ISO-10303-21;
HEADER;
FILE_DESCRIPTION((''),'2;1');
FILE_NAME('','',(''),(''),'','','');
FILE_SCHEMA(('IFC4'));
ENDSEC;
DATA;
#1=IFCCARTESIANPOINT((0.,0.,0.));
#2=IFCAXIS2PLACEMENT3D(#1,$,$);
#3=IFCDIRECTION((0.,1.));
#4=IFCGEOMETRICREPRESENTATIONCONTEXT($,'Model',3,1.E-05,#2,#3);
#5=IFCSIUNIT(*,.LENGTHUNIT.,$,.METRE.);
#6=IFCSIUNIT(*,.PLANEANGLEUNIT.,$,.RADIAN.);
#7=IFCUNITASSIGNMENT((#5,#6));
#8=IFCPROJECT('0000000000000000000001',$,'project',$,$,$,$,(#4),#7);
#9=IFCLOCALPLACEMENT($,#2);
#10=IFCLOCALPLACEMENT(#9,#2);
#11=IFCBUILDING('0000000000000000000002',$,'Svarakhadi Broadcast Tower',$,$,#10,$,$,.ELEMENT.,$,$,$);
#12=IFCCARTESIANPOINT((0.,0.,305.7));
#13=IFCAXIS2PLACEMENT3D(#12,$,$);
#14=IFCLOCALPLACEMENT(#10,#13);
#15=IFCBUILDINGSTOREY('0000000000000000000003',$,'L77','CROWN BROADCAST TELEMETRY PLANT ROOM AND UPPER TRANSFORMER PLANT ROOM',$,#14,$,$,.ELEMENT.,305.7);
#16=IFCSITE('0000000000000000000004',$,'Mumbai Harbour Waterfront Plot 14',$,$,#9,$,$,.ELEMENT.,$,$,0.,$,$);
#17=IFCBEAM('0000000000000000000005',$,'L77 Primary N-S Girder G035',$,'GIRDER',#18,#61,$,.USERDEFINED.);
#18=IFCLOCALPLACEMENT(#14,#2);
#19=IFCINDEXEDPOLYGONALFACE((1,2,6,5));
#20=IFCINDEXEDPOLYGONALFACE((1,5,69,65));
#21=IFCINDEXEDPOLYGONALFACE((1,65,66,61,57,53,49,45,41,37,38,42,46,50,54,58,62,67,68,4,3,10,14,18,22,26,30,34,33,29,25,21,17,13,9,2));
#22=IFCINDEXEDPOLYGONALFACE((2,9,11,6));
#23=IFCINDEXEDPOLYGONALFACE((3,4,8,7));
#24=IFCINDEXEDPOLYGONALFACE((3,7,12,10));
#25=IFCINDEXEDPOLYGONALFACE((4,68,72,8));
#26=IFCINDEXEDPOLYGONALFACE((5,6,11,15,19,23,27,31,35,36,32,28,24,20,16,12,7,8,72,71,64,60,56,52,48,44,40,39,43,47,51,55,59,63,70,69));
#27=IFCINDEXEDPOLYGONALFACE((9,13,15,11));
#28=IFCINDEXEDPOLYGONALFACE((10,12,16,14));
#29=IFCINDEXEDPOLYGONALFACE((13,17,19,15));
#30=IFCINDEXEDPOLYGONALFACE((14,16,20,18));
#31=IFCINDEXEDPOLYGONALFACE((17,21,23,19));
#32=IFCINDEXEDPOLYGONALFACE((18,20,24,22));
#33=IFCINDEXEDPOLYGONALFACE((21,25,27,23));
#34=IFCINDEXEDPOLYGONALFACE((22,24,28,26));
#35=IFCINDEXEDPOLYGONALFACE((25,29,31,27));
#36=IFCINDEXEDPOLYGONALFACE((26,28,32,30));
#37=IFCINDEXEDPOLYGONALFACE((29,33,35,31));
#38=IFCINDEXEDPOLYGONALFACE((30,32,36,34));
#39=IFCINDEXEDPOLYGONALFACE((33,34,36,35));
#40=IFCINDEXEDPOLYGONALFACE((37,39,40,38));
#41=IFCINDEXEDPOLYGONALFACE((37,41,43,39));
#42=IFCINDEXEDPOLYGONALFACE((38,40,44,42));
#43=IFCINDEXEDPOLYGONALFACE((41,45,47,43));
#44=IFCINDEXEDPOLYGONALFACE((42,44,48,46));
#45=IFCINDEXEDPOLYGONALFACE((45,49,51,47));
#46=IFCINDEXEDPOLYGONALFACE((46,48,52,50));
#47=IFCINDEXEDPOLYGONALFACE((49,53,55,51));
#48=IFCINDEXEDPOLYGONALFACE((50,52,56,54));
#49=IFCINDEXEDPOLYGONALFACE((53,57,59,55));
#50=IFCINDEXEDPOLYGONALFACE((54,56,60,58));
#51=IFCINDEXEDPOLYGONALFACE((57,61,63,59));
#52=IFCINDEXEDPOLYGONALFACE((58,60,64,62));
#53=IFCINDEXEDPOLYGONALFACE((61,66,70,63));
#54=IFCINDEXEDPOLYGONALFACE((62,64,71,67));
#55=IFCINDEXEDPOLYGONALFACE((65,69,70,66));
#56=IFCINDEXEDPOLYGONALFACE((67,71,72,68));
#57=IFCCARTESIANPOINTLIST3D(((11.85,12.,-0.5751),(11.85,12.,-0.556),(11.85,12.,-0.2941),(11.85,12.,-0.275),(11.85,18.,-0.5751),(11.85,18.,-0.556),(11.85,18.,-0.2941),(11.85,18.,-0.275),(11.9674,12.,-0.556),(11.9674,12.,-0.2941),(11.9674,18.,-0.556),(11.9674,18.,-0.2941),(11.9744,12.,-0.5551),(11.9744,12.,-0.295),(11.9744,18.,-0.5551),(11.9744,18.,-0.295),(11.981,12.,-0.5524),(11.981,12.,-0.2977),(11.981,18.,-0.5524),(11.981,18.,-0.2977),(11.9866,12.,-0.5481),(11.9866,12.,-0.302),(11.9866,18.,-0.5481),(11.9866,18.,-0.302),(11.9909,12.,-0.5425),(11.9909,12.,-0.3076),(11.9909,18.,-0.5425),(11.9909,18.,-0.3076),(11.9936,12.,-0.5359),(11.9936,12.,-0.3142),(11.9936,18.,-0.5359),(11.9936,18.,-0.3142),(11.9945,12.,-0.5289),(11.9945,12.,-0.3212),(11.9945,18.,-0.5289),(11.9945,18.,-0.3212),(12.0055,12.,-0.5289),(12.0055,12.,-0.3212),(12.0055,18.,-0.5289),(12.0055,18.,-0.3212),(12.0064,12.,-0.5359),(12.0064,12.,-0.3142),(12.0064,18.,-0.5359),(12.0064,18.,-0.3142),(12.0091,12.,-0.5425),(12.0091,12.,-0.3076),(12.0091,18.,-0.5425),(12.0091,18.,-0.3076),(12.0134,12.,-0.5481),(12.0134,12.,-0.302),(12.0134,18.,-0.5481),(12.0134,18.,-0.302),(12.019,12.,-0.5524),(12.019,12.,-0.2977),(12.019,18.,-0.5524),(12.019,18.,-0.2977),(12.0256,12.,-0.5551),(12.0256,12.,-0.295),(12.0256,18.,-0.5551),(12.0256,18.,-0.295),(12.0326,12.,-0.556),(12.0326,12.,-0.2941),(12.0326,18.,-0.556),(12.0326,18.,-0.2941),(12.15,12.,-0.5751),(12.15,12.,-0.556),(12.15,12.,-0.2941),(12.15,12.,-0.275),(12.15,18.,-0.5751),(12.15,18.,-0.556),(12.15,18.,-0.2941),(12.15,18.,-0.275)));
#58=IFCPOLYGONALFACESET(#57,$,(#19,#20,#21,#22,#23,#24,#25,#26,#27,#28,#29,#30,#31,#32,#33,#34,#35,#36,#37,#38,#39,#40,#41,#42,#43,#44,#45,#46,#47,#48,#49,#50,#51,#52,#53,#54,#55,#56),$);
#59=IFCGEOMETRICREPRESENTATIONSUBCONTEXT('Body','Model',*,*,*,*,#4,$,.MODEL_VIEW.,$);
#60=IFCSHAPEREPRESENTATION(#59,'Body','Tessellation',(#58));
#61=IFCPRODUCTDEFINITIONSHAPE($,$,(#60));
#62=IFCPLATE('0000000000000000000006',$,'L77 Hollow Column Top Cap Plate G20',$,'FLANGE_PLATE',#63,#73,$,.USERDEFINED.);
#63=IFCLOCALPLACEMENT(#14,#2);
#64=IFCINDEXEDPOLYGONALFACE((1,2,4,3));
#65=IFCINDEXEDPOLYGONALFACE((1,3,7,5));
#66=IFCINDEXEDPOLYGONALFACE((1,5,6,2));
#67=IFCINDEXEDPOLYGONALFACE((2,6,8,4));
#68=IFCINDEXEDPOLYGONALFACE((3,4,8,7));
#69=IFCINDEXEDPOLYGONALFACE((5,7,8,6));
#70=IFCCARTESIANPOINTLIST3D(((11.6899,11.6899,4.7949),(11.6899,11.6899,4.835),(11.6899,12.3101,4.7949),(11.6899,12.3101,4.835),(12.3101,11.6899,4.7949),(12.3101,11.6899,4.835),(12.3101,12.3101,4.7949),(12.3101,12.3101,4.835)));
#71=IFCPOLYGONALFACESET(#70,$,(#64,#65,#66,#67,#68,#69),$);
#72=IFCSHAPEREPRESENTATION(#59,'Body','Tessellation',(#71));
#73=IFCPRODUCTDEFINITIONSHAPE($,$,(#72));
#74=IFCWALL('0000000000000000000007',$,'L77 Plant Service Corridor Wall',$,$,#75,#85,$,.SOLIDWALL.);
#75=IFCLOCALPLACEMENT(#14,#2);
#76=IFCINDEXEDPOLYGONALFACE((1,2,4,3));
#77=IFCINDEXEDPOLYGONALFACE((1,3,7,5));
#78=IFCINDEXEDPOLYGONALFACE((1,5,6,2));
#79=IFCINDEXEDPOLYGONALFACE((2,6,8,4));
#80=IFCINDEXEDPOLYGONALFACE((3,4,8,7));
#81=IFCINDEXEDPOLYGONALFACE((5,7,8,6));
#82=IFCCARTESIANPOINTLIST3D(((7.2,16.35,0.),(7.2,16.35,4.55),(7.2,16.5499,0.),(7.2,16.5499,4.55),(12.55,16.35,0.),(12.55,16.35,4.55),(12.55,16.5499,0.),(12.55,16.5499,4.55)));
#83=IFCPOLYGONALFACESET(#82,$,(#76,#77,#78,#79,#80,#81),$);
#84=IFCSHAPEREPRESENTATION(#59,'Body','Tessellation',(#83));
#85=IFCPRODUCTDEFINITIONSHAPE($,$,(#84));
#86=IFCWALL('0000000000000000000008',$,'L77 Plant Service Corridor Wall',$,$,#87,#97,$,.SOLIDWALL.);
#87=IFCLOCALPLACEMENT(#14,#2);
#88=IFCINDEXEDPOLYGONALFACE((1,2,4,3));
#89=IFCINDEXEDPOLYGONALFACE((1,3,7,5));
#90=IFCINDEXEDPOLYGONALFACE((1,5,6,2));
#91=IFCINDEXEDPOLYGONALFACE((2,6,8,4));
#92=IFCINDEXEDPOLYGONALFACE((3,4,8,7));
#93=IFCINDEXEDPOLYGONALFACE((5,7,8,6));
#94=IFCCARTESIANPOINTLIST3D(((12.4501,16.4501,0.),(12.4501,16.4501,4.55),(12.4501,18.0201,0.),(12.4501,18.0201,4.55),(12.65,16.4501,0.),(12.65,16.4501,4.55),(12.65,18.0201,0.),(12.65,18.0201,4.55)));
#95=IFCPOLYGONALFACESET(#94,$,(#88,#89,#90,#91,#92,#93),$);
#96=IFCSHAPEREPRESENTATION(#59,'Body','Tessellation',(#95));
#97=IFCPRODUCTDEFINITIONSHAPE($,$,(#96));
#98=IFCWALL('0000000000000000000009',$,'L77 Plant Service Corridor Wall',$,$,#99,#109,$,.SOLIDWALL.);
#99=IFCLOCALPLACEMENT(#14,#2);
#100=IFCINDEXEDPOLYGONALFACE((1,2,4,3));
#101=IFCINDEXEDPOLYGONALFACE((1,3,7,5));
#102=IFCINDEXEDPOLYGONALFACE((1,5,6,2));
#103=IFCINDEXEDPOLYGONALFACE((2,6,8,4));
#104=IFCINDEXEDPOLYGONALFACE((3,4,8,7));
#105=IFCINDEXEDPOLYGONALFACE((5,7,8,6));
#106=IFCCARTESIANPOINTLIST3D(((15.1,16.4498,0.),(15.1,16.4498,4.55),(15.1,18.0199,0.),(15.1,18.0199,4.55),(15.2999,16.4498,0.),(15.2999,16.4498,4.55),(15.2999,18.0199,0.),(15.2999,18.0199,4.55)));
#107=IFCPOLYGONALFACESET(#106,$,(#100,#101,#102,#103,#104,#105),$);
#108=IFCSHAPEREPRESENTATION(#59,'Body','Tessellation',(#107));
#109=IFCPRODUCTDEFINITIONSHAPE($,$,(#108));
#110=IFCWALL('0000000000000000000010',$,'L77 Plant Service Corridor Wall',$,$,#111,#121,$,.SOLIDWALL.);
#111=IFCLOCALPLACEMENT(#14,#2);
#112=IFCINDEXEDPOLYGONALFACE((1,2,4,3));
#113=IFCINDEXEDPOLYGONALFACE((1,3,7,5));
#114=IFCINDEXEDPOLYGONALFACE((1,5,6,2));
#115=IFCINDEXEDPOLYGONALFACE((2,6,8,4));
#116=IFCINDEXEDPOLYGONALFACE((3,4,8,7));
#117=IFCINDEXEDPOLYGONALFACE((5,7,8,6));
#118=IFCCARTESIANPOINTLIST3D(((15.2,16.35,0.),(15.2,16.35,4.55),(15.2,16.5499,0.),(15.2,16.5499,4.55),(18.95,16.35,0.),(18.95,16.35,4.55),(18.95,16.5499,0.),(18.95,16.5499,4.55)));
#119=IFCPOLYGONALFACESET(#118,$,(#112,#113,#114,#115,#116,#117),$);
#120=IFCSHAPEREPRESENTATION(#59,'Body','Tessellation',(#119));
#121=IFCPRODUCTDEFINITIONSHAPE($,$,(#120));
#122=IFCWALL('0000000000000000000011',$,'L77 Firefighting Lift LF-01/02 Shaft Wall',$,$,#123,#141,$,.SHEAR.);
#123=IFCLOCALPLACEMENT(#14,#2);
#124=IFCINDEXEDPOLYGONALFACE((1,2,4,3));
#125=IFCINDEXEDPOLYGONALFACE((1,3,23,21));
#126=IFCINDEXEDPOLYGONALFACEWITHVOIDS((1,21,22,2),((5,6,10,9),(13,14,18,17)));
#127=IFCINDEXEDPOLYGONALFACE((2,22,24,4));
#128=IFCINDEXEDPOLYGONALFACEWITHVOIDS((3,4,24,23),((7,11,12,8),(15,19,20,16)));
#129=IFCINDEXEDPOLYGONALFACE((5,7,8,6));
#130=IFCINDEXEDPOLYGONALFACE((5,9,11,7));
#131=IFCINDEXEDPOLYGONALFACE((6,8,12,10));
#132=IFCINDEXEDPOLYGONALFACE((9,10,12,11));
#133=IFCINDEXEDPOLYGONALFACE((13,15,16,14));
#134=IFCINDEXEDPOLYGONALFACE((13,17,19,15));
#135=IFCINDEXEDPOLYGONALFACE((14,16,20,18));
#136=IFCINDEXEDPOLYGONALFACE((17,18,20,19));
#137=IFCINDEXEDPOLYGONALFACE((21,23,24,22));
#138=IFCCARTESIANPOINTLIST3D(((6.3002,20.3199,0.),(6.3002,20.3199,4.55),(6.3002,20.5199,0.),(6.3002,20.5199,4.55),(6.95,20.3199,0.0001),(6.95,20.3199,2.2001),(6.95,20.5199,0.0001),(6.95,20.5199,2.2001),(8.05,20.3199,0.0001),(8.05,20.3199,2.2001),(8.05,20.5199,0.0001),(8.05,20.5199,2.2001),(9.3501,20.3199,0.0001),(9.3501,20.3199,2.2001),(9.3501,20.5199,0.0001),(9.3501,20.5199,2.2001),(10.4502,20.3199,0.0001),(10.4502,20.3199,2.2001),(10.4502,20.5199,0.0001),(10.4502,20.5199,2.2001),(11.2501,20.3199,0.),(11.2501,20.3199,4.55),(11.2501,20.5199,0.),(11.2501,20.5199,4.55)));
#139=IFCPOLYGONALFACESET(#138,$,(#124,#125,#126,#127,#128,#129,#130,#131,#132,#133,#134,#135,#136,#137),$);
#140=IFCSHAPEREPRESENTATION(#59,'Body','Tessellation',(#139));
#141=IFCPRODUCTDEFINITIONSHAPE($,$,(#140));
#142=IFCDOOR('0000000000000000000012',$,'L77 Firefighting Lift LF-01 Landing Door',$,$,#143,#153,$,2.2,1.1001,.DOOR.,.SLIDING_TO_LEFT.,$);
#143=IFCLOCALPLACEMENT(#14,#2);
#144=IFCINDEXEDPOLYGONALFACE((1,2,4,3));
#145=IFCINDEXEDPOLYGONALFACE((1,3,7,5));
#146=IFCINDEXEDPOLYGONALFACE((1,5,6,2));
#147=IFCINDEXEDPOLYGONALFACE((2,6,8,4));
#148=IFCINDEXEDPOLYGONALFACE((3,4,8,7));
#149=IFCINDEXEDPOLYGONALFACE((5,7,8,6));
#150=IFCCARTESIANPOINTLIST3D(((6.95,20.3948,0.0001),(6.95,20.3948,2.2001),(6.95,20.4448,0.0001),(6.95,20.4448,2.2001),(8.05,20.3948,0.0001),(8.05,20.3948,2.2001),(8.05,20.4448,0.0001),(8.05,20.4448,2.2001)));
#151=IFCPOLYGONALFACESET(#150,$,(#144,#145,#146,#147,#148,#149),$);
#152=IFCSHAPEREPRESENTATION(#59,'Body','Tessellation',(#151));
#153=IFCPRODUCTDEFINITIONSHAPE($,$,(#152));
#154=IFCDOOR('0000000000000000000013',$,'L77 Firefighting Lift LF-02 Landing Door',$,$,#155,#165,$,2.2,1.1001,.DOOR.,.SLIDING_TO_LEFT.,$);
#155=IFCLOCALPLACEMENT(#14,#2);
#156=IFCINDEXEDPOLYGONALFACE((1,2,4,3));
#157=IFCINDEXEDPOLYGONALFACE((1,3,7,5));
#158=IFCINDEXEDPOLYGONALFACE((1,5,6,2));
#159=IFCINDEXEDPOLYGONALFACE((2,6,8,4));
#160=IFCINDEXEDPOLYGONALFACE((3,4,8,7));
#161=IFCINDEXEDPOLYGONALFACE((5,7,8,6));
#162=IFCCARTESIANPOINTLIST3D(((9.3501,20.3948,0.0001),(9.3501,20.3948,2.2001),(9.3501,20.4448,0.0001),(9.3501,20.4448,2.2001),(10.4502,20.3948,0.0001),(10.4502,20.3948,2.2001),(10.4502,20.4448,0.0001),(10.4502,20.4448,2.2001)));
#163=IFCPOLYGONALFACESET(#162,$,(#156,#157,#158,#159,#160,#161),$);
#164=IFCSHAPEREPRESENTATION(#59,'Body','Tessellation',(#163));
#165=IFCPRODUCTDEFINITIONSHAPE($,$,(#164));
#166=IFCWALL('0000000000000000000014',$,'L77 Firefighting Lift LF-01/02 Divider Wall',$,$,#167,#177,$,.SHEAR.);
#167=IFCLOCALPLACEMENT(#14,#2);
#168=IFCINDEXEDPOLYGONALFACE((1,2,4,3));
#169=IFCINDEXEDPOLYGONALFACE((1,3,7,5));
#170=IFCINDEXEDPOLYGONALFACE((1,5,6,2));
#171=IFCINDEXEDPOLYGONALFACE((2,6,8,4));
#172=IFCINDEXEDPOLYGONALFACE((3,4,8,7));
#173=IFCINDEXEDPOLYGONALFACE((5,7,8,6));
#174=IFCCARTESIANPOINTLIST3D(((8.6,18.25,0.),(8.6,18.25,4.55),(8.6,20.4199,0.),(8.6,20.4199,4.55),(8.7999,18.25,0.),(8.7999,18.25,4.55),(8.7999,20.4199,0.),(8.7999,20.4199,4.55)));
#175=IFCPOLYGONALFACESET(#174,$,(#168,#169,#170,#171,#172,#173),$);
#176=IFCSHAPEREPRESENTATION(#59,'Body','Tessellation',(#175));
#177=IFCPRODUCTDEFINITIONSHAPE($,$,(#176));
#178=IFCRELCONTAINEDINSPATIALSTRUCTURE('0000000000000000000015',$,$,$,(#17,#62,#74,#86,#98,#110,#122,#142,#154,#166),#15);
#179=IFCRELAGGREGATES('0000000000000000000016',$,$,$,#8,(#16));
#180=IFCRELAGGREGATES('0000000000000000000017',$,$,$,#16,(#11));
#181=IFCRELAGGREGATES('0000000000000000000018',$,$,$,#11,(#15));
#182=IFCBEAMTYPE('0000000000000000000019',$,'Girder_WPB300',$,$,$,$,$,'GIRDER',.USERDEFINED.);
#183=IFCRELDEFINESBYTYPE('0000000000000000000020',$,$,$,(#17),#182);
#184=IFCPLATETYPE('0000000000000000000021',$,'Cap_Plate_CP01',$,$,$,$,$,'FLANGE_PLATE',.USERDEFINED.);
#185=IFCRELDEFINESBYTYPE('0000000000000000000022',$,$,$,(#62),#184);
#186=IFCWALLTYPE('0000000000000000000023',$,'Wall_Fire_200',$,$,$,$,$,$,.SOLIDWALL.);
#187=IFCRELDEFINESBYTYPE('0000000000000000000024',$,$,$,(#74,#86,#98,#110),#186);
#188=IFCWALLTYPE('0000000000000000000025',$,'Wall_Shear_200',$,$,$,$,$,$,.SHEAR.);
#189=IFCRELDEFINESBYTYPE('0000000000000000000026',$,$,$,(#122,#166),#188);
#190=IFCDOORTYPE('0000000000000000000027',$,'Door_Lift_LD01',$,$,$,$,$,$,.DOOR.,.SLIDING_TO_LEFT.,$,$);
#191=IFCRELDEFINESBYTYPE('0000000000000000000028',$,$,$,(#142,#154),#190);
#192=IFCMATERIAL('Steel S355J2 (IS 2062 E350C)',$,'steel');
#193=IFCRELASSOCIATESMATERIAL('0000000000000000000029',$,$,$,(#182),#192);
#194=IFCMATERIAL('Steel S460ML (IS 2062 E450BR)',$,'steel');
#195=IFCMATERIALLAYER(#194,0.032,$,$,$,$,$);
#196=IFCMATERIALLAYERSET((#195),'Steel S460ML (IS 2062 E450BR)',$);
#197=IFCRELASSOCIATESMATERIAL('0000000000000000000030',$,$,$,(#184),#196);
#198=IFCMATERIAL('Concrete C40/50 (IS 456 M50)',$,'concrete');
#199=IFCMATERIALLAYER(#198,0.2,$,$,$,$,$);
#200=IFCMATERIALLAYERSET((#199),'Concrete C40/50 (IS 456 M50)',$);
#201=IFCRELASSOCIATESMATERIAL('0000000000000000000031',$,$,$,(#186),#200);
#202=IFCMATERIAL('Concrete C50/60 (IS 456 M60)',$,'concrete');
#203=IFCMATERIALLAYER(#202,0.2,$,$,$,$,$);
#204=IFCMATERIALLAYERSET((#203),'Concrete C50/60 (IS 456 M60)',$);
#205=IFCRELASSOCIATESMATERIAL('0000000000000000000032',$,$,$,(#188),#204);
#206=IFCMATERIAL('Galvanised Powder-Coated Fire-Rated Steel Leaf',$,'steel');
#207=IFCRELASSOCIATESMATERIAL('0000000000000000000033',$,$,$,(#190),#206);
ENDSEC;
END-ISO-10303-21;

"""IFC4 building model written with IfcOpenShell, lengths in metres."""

from ifc_helpers import new_model, si_unit, direction, frame, frame_2d, origin, origin_2d, place, context, subcontext, project, spatial, rectangle, i_section, extrude, material, layer, layer_set, material_profile, profile_set, type_object, element, fill, save


model = new_model("IFC4")

# Units and contexts
model_context = context("Model", 3, precision=1e-05, world=origin(), true_north=direction((0.0, 1.0)))
body_context = subcontext(model_context, "Body", "Model", "MODEL_VIEW")
ifc_project = project(units=[si_unit("LENGTHUNIT", "METRE"), si_unit("PLANEANGLEUNIT", "RADIAN")], contexts=[model_context])

# Site, building, storey
site_placement = place(None, origin())
site = spatial("IfcSite", under=ifc_project, at=site_placement, Name="Mumbai Harbour Waterfront Plot 14", CompositionType="ELEMENT", RefElevation=0.0)
building_placement = place(site_placement, origin())
building = spatial("IfcBuilding", under=site, at=building_placement, Name="Svarakhadi Broadcast Tower", CompositionType="ELEMENT")
storey_placement = place(building_placement, frame((0.0, 0.0, 305.7)))
storey = spatial("IfcBuildingStorey", under=building, at=storey_placement, Name="L77", Description="CROWN BROADCAST TELEMETRY PLANT ROOM AND UPPER TRANSFORMER PLANT ROOM", CompositionType="ELEMENT", Elevation=305.7)

# Shared definitions
ifc_material_1 = material(Name="Concrete C50/60 (IS 456 M60)", Category="concrete")

# Beam
ifc_material_2 = material(Name="Steel S355J2 (IS 2062 E350C)", Category="steel")
ifc_material_profile_1 = material_profile(ifc_material_2, i_section(OverallWidth=0.3, OverallDepth=0.3, WebThickness=0.011, FlangeThickness=0.019, FilletRadius=0.0271, at=origin_2d()), Name="WPB 300x300x117")
ifc_profile_set_1 = profile_set([ifc_material_profile_1], Name="Steel S355J2 (IS 2062 E350C)")
beam_type_1 = type_object("IfcBeamType", Name="Girder_WPB300", ElementType="GIRDER", PredefinedType="USERDEFINED", material=ifc_profile_set_1)
for number, where, z_axis, x_axis, name in (
    (1, (12.0, 12.0, -0.425), (0.0, 1.0, 0.0), (-1.0, 0.0, 0.0), "L77 Primary N-S Girder G035"),
):
    element("IfcBeam", number, at=place(storey_placement, frame(where, z_axis=z_axis, x_axis=x_axis)), inside=storey, type_object=beam_type_1, Name=name, ObjectType="GIRDER", PredefinedType="USERDEFINED", context=body_context, shape_type="SweptSolid", body=[
        extrude(i_section(OverallWidth=0.3, OverallDepth=0.3, WebThickness=0.011, FlangeThickness=0.019, FilletRadius=0.0271, at=origin_2d()), origin(), (0.0, 0.0, 1.0), 6.0),
    ])

# Plate
ifc_material_3 = material(Name="Steel S460ML (IS 2062 E450BR)", Category="steel")
ifc_layer_1 = layer(ifc_material_3, 0.032)
ifc_layer_set_1 = layer_set([ifc_layer_1], Name="Steel S460ML (IS 2062 E450BR)")
plate_type = type_object("IfcPlateType", Name="Cap_Plate_CP01", ElementType="FLANGE_PLATE", PredefinedType="USERDEFINED", material=ifc_layer_set_1)
plate_placement = place(storey_placement, frame((12.0, 12.0, 4.7949), z_axis=(0.0, 0.0, 1.0), x_axis=(1.0, 0.0, 0.0)))
element("IfcPlate", 2, at=plate_placement, inside=storey, type_object=plate_type, Name="L77 Hollow Column Top Cap Plate G20", ObjectType="FLANGE_PLATE", PredefinedType="USERDEFINED", context=body_context, shape_type="SweptSolid", body=[
    extrude(rectangle(XDim=0.6201, YDim=0.6201, at=origin_2d()), origin(), (0.0, 0.0, 1.0), 0.04),
])

# Shared definitions
ifc_material_4 = material(Name="Concrete C40/50 (IS 456 M50)", Category="concrete")
ifc_layer_2 = layer(ifc_material_4, 0.2)
ifc_layer_set_2 = layer_set([ifc_layer_2], Name="Concrete C40/50 (IS 456 M50)")
wall_type_1 = type_object("IfcWallType", Name="Wall_Fire_200", PredefinedType="SOLIDWALL", material=ifc_layer_set_2)
ifc_material_5 = material(Name="Galvanised Powder-Coated Fire-Rated Steel Leaf", Category="steel")

# Walls
wall_1_placement = place(storey_placement, frame((7.2, 16.45, 0.0), z_axis=(0.0, 0.0, 1.0), x_axis=(1.0, 0.0, 0.0)))
element("IfcWall", 3, at=wall_1_placement, inside=storey, type_object=wall_type_1, Name="L77 Plant Service Corridor Wall", PredefinedType="SOLIDWALL", context=body_context, shape_type="SweptSolid", body=[
    extrude(rectangle(XDim=5.3501, YDim=0.2, at=frame_2d((2.675, 0.0))), origin(), (0.0, 0.0, 1.0), 4.55),
])
for number, where, z_axis, x_axis, name in (
    (4, (12.55, 16.45, 0.0), (0.0, 0.0, 1.0), (0.0, 1.0, 0.0), "L77 Plant Service Corridor Wall"),
    (5, (15.2, 18.02, 0.0), (0.0, 0.0, 1.0), (0.0, -1.0, 0.0), "L77 Plant Service Corridor Wall"),
):
    element("IfcWall", number, at=place(storey_placement, frame(where, z_axis=z_axis, x_axis=x_axis)), inside=storey, type_object=wall_type_1, Name=name, PredefinedType="SOLIDWALL", context=body_context, shape_type="SweptSolid", body=[
        extrude(rectangle(XDim=1.5701, YDim=0.2, at=frame_2d((0.7852, 0.0))), origin(), (0.0, 0.0, 1.0), 4.55),
    ])
wall_2_placement = place(storey_placement, frame((15.2, 16.45, 0.0), z_axis=(0.0, 0.0, 1.0), x_axis=(1.0, 0.0, 0.0)))
element("IfcWall", 6, at=wall_2_placement, inside=storey, type_object=wall_type_1, Name="L77 Plant Service Corridor Wall", PredefinedType="SOLIDWALL", context=body_context, shape_type="SweptSolid", body=[
    extrude(rectangle(XDim=3.75, YDim=0.2, at=frame_2d((1.875, 0.0))), origin(), (0.0, 0.0, 1.0), 4.55),
])

# Wall, openings, doors
ifc_layer_3 = layer(ifc_material_1, 0.2)
ifc_layer_set_3 = layer_set([ifc_layer_3], Name="Concrete C50/60 (IS 456 M60)")
wall_type_2 = type_object("IfcWallType", Name="Wall_Shear_200", PredefinedType="SHEAR", material=ifc_layer_set_3)
wall_3_placement = place(storey_placement, frame((6.3, 20.4199, 0.0), z_axis=(0.0, 0.0, 1.0), x_axis=(1.0, 0.0, 0.0)))
wall_3 = element("IfcWall", 7, at=wall_3_placement, inside=storey, type_object=wall_type_2, Name="L77 Firefighting Lift LF-01/02 Shaft Wall", PredefinedType="SHEAR", context=body_context, shape_type="SweptSolid", body=[
    extrude(rectangle(XDim=4.95, YDim=0.2, at=frame_2d((2.4751, 0.0))), origin(), (0.0, 0.0, 1.0), 4.55),
])
opening_1_placement = place(wall_3_placement, frame((0.6499, 0.0, 0.0)))
opening_1 = element("IfcOpeningElement", 8, at=opening_1_placement, cuts=wall_3, PredefinedType="OPENING", context=body_context, shape_type="SweptSolid", body=[
    extrude(rectangle(XDim=1.1001, YDim=2.2, at=frame_2d((0.55, 1.1001))), frame((0.0, 0.1099, 0.0), z_axis=(0.0, -1.0, 0.0), x_axis=(1.0, 0.0, 0.0)), (0.0, 0.0, 1.0), 0.22),
])
opening_2_placement = place(wall_3_placement, frame((3.05, 0.0, 0.0)))
opening_2 = element("IfcOpeningElement", 9, at=opening_2_placement, cuts=wall_3, PredefinedType="OPENING", context=body_context, shape_type="SweptSolid", body=[
    extrude(rectangle(XDim=1.1001, YDim=2.2, at=frame_2d((0.55, 1.1001))), frame((0.0, 0.1099, 0.0), z_axis=(0.0, -1.0, 0.0), x_axis=(1.0, 0.0, 0.0)), (0.0, 0.0, 1.0), 0.22),
])
door_type_1 = type_object("IfcDoorType", Name="Door_Lift_LD01", OperationType="SLIDING_TO_LEFT", PredefinedType="DOOR", material=ifc_material_5)
door_1_placement = place(opening_1_placement, origin())
door_1 = element("IfcDoor", 10, at=door_1_placement, inside=storey, type_object=door_type_1, Name="L77 Firefighting Lift LF-01 Landing Door", OperationType="SLIDING_TO_LEFT", OverallHeight=2.2, OverallWidth=1.1001, PredefinedType="DOOR", context=body_context, shape_type="SweptSolid", body=[
    extrude(rectangle(XDim=1.1001, YDim=2.2, at=frame_2d((0.55, 1.1001))), frame((0.0, 0.0249, 0.0), z_axis=(0.0, -1.0, 0.0), x_axis=(1.0, 0.0, 0.0)), (0.0, 0.0, 1.0), 0.05),
])
fill(opening_1, door_1)
door_2_placement = place(opening_2_placement, origin())
door_2 = element("IfcDoor", 11, at=door_2_placement, inside=storey, type_object=door_type_1, Name="L77 Firefighting Lift LF-02 Landing Door", OperationType="SLIDING_TO_LEFT", OverallHeight=2.2, OverallWidth=1.1001, PredefinedType="DOOR", context=body_context, shape_type="SweptSolid", body=[
    extrude(rectangle(XDim=1.1001, YDim=2.2, at=frame_2d((0.55, 1.1001))), frame((0.0, 0.0249, 0.0), z_axis=(0.0, -1.0, 0.0), x_axis=(1.0, 0.0, 0.0)), (0.0, 0.0, 1.0), 0.05),
])
fill(opening_2, door_2)

# Wall
for number, where, z_axis, x_axis, name in (
    (12, (8.7, 18.25, 0.0), (0.0, 0.0, 1.0), (0.0, 1.0, 0.0), "L77 Firefighting Lift LF-01/02 Divider Wall"),
):
    element("IfcWall", number, at=place(storey_placement, frame(where, z_axis=z_axis, x_axis=x_axis)), inside=storey, type_object=wall_type_2, Name=name, PredefinedType="SHEAR", context=body_context, shape_type="SweptSolid", body=[
        extrude(rectangle(XDim=2.1699, YDim=0.2, at=frame_2d((1.085, 0.0))), origin(), (0.0, 0.0, 1.0), 4.55),
    ])

save(model, "model.ifc")
